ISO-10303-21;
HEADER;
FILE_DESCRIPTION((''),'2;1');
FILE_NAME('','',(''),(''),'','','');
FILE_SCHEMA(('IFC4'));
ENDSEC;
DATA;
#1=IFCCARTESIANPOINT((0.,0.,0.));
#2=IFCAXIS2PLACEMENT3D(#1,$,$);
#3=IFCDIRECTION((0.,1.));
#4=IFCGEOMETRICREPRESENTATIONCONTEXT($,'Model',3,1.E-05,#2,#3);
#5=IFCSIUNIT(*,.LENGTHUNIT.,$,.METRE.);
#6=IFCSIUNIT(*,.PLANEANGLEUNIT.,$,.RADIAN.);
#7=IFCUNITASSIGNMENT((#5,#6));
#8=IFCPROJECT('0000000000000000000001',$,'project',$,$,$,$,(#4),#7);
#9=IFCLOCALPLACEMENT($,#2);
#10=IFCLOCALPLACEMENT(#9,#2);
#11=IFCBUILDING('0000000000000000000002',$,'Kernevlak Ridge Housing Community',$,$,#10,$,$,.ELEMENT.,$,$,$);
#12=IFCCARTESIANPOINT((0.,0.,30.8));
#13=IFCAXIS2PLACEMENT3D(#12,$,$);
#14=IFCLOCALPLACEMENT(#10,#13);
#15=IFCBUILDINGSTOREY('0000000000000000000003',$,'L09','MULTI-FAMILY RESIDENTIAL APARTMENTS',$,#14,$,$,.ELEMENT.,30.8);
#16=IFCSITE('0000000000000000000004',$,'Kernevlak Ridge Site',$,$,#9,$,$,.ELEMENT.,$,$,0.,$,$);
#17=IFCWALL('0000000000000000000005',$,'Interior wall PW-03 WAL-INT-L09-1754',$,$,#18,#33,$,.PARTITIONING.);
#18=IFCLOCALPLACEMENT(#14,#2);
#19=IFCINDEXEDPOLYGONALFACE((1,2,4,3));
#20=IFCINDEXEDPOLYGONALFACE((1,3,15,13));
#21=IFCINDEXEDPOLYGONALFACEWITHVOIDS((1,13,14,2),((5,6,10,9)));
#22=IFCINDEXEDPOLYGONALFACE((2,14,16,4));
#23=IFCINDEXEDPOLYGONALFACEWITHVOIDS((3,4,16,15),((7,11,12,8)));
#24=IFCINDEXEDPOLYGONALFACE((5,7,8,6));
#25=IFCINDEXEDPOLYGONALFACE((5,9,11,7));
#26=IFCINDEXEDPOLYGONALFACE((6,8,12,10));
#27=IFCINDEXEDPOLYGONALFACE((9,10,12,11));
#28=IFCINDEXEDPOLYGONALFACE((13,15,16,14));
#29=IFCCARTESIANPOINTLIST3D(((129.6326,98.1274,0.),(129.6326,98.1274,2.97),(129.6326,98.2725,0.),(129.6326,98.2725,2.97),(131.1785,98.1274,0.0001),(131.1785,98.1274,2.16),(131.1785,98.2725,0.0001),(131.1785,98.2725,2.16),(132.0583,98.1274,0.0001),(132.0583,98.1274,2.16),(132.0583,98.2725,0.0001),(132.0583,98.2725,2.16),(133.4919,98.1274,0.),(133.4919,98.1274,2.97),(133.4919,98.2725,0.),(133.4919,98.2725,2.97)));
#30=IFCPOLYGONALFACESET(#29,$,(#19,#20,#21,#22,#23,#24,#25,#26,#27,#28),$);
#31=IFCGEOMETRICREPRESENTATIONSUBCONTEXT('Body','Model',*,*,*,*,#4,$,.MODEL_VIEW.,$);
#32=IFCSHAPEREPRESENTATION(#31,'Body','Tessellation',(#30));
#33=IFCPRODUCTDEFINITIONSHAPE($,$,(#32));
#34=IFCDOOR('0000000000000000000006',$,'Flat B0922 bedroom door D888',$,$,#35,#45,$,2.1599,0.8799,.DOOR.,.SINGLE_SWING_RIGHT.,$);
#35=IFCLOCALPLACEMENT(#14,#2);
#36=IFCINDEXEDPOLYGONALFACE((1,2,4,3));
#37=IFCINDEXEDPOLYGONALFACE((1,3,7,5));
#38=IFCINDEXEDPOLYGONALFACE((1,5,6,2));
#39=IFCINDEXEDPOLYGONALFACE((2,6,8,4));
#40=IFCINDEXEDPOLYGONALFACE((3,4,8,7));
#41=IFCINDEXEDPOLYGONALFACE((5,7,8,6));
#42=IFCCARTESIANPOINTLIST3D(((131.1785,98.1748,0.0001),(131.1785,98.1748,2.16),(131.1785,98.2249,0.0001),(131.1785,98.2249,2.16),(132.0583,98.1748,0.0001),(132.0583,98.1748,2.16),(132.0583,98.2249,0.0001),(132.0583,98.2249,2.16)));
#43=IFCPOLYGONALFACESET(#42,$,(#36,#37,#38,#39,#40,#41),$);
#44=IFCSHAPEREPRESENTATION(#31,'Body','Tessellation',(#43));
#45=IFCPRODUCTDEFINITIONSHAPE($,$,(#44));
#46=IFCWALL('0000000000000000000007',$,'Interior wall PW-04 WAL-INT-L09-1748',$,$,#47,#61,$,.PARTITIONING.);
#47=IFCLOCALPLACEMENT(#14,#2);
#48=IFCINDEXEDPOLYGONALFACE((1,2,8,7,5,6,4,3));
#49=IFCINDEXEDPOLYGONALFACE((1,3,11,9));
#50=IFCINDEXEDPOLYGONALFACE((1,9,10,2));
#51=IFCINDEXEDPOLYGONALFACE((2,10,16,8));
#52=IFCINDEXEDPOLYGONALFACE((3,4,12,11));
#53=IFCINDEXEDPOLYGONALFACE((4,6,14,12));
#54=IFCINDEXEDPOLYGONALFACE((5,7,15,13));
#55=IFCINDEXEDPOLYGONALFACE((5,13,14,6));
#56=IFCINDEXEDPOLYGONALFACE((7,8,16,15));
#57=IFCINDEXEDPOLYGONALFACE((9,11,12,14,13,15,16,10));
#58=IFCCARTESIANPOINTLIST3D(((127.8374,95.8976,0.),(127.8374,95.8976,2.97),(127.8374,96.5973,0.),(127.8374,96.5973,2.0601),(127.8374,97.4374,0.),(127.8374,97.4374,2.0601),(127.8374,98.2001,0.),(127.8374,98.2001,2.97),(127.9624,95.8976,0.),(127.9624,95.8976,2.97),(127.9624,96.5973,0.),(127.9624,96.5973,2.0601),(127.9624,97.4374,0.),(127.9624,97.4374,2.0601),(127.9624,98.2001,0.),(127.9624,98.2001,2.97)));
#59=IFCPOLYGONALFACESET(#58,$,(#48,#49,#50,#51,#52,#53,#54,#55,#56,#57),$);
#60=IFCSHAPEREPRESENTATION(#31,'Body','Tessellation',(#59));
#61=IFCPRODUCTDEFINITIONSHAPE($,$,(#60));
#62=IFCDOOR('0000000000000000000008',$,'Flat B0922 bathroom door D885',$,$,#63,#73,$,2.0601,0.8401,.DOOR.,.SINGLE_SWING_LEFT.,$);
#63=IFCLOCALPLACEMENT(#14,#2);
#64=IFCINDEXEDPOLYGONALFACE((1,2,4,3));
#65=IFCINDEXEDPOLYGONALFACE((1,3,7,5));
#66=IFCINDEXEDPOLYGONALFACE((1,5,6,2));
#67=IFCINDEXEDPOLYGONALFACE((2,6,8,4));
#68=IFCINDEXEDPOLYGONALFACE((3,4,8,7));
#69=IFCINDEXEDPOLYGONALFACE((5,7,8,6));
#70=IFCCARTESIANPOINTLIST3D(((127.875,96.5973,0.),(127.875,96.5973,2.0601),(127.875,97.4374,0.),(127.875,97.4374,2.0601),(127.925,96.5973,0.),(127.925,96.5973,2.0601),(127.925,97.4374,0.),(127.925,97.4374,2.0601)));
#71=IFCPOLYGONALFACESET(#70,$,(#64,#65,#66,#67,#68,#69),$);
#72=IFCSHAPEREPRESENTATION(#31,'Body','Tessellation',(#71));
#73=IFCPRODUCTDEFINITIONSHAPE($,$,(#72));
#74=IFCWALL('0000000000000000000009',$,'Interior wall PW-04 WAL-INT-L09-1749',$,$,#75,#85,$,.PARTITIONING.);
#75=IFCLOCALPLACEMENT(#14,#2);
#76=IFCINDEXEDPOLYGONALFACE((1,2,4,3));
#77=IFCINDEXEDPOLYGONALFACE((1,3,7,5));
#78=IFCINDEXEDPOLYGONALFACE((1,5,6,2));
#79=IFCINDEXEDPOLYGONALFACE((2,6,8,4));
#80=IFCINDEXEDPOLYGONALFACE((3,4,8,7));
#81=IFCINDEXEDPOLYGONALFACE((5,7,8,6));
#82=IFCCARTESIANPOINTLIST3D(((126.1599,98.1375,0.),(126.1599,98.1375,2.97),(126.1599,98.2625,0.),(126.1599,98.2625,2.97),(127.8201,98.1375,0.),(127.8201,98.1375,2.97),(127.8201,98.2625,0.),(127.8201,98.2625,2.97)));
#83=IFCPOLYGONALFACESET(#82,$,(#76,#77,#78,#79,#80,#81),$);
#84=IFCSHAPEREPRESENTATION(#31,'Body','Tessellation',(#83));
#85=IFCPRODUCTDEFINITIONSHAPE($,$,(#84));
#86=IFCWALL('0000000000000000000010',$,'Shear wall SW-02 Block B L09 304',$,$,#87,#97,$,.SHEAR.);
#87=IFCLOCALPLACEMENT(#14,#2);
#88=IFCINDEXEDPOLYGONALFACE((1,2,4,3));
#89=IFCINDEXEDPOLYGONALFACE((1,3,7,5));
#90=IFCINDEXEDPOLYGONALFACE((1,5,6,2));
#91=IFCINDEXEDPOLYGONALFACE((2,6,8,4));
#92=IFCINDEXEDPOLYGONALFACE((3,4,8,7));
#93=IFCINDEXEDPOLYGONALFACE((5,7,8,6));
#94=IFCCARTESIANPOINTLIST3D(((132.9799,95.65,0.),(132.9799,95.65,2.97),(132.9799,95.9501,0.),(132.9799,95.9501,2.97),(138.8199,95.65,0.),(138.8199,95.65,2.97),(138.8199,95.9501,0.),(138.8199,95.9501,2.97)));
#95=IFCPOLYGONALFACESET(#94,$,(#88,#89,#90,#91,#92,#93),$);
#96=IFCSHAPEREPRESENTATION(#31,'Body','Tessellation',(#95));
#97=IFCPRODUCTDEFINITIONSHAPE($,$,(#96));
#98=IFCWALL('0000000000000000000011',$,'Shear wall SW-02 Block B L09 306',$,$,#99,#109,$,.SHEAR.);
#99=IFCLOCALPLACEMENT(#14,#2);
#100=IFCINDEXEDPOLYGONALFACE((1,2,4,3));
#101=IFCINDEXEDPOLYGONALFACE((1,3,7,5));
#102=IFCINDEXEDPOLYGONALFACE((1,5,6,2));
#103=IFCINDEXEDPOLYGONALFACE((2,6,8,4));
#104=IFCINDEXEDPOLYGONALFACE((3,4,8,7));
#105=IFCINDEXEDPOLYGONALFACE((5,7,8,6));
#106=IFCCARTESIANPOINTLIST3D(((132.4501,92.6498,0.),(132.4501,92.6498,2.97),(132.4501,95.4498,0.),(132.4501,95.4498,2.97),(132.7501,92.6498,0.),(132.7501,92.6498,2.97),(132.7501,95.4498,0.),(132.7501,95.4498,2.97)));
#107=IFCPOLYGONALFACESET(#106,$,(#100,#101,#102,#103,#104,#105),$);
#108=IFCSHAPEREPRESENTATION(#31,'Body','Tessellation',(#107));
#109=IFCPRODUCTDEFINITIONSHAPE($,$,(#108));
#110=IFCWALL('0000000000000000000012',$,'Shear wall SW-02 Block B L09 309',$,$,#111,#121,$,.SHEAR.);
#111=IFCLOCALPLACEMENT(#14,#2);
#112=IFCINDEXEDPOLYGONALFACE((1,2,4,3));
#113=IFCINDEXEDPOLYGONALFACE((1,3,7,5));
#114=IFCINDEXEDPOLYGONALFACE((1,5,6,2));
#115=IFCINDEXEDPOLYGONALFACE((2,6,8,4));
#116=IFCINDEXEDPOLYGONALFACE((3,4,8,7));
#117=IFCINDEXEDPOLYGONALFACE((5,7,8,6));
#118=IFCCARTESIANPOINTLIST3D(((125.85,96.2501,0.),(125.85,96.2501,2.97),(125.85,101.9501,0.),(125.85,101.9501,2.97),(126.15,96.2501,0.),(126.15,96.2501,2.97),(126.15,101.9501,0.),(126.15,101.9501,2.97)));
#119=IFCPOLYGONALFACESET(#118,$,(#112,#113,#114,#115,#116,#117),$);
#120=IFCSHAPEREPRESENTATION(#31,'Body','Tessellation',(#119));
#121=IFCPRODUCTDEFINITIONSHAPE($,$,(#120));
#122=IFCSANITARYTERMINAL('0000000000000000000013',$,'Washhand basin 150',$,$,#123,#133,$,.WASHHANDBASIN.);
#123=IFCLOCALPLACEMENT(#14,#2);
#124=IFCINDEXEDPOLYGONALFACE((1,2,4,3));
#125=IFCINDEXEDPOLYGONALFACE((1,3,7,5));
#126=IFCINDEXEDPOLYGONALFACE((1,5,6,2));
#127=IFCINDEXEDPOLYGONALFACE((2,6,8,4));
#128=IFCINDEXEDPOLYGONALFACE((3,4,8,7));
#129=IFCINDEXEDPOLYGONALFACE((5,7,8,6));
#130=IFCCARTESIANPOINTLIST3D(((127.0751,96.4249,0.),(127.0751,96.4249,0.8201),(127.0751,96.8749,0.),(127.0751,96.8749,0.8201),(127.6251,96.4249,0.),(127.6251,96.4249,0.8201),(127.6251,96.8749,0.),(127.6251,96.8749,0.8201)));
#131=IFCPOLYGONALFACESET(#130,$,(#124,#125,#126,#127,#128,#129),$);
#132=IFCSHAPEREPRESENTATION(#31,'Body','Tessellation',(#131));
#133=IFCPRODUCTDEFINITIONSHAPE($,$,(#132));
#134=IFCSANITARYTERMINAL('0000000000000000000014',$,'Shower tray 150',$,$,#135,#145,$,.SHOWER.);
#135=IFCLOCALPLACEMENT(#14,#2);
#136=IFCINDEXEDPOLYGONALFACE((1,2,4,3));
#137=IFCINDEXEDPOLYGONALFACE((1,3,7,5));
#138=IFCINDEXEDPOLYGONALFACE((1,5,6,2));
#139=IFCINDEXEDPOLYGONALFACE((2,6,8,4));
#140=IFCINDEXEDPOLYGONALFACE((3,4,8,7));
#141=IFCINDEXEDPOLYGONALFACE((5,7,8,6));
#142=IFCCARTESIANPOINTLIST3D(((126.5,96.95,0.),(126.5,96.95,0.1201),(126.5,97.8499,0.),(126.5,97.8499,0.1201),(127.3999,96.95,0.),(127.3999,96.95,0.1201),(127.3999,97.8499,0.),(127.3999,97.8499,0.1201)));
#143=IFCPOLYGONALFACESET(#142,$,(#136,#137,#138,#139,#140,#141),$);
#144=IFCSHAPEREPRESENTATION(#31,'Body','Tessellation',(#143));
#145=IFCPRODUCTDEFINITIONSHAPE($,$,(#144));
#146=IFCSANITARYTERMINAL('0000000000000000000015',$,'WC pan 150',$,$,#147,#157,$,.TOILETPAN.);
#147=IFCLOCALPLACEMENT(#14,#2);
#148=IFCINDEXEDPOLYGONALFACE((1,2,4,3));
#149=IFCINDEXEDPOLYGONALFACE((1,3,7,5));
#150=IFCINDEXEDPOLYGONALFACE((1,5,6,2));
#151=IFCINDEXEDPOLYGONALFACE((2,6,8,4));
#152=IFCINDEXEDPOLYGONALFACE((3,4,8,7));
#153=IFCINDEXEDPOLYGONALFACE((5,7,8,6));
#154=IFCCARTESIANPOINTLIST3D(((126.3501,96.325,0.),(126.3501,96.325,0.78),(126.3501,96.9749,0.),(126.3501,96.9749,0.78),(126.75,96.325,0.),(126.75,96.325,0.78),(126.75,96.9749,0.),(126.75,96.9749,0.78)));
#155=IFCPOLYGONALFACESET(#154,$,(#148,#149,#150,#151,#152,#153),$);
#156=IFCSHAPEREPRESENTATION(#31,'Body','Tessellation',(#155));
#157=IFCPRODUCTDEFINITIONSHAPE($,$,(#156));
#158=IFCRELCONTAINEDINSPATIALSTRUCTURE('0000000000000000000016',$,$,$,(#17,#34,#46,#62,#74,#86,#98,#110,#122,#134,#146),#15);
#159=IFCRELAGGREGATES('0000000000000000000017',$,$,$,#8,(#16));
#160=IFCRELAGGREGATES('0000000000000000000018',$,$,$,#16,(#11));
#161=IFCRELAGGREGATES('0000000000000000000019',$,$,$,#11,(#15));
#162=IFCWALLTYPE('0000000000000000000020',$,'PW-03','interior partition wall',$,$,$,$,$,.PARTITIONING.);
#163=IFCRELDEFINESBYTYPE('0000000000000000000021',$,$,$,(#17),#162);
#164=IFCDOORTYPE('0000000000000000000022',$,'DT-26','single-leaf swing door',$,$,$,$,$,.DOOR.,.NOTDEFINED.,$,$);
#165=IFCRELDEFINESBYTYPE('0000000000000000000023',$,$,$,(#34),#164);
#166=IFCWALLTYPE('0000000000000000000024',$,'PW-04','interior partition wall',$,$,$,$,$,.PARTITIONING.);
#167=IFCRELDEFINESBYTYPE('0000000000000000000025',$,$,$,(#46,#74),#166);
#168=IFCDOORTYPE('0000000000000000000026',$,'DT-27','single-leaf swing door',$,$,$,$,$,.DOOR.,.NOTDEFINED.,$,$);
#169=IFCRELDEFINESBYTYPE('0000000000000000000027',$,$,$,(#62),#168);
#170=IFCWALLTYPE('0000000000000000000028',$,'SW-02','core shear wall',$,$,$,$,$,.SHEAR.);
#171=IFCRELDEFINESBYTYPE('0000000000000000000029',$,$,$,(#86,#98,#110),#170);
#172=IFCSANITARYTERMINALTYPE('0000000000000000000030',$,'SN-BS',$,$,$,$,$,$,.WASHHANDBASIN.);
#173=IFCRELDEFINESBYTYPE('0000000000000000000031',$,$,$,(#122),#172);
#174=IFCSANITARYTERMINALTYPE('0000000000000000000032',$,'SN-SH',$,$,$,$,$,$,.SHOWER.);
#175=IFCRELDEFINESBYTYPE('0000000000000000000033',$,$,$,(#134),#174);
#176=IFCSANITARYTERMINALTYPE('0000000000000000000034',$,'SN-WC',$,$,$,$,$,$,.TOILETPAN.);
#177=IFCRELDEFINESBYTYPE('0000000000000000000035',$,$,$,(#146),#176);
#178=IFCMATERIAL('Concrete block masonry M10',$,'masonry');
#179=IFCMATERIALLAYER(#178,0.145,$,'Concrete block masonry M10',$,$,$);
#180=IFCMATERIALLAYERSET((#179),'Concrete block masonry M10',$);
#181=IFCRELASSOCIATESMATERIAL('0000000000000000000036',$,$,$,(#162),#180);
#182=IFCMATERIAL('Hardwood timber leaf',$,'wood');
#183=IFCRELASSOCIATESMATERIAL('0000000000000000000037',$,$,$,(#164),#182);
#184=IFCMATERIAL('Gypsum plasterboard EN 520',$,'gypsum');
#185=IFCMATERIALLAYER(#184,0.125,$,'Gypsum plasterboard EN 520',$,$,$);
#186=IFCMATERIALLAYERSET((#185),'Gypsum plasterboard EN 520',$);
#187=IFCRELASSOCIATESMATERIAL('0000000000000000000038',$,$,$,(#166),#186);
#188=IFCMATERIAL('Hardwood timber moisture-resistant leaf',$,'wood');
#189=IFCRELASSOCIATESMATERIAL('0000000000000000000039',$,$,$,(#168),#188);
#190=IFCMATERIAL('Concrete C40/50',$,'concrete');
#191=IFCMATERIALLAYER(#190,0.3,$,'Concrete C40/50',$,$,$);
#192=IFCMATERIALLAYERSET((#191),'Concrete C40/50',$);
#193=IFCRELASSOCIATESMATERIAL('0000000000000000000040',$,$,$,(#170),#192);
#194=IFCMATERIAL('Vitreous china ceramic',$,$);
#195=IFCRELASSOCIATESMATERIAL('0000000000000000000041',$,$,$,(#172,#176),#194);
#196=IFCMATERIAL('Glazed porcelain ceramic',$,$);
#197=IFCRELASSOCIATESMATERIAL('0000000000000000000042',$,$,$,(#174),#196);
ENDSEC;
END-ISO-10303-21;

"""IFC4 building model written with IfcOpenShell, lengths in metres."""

from ifc_helpers import new_model, si_unit, direction, frame, frame_2d, origin, origin_2d, place, context, subcontext, project, spatial, rectangle, extrude, material, layer, layer_set, type_object, element, fill, save


model = new_model("IFC4")

# Units and contexts
model_context = context("Model", 3, precision=1e-05, world=origin(), true_north=direction((0.0, 1.0)))
body_context = subcontext(model_context, "Body", "Model", "MODEL_VIEW")
ifc_project = project(units=[si_unit("LENGTHUNIT", "METRE"), si_unit("PLANEANGLEUNIT", "RADIAN")], contexts=[model_context])

# Site, building, storey
site_placement = place(None, origin())
site = spatial("IfcSite", under=ifc_project, at=site_placement, Name="Kernevlak Ridge Site", CompositionType="ELEMENT", RefElevation=0.0)
building_placement = place(site_placement, origin())
building = spatial("IfcBuilding", under=site, at=building_placement, Name="Kernevlak Ridge Housing Community", CompositionType="ELEMENT")
storey_placement = place(building_placement, frame((0.0, 0.0, 30.8)))
storey = spatial("IfcBuildingStorey", under=building, at=storey_placement, Name="L09", Description="MULTI-FAMILY RESIDENTIAL APARTMENTS", CompositionType="ELEMENT", Elevation=30.8)

# Shared definitions
ifc_material_1 = material(Name="Concrete C40/50", Category="concrete")

# Shared definitions
ifc_material_2 = material(Name="Concrete block masonry M10", Category="masonry")

# Shared definitions
ifc_layer_1 = layer(ifc_material_2, 0.145, Name="Concrete block masonry M10")
ifc_layer_set_1 = layer_set([ifc_layer_1], Name="Concrete block masonry M10")
wall_type_1 = type_object("IfcWallType", Name="PW-03", Description="interior partition wall", PredefinedType="PARTITIONING", material=ifc_layer_set_1)
ifc_material_3 = material(Name="Hardwood timber leaf", Category="wood")

# Walls, openings, doors
wall_1_placement = place(storey_placement, frame((129.6326, 98.2, 0.0), z_axis=(0.0, 0.0, 1.0), x_axis=(1.0, 0.0, 0.0)))
wall_1 = element("IfcWall", 1, at=wall_1_placement, inside=storey, type_object=wall_type_1, Name="Interior wall PW-03 WAL-INT-L09-1754", PredefinedType="PARTITIONING", context=body_context, shape_type="SweptSolid", body=[
    extrude(rectangle(XDim=3.8594, YDim=0.145, at=frame_2d((1.9297, 0.0))), origin(), (0.0, 0.0, 1.0), 2.97),
])
opening_1_placement = place(wall_1_placement, frame((1.5459, 0.0, 0.0)))
opening_1 = element("IfcOpeningElement", 2, at=opening_1_placement, cuts=wall_1, PredefinedType="OPENING", context=body_context, shape_type="SweptSolid", body=[
    extrude(rectangle(XDim=0.8799, YDim=2.1599, at=frame_2d((0.4399, 1.0801))), frame((0.0, 0.0825, 0.0), z_axis=(0.0, -1.0, 0.0), x_axis=(1.0, 0.0, 0.0)), (0.0, 0.0, 1.0), 0.165),
])
door_type_1 = type_object("IfcDoorType", Name="DT-26", Description="single-leaf swing door", OperationType="NOTDEFINED", PredefinedType="DOOR", material=ifc_material_3)
door_1_placement = place(opening_1_placement, origin())
door_1 = element("IfcDoor", 3, at=door_1_placement, inside=storey, type_object=door_type_1, Name="Flat B0922 bedroom door D888", OperationType="SINGLE_SWING_RIGHT", OverallHeight=2.1599, OverallWidth=0.8799, PredefinedType="DOOR", context=body_context, shape_type="SweptSolid", body=[
    extrude(rectangle(XDim=0.8799, YDim=2.1599, at=frame_2d((0.4399, 1.0801))), frame((0.0, 0.0249, 0.0), z_axis=(0.0, -1.0, 0.0), x_axis=(1.0, 0.0, 0.0)), (0.0, 0.0, 1.0), 0.05),
])
fill(opening_1, door_1)
ifc_material_4 = material(Name="Gypsum plasterboard EN 520", Category="gypsum")
ifc_layer_2 = layer(ifc_material_4, 0.125, Name="Gypsum plasterboard EN 520")
ifc_layer_set_2 = layer_set([ifc_layer_2], Name="Gypsum plasterboard EN 520")
wall_type_2 = type_object("IfcWallType", Name="PW-04", Description="interior partition wall", PredefinedType="PARTITIONING", material=ifc_layer_set_2)
wall_2_placement = place(storey_placement, frame((127.8999, 95.8975, 0.0), z_axis=(0.0, 0.0, 1.0), x_axis=(0.0, 1.0, 0.0)))
wall_2 = element("IfcWall", 4, at=wall_2_placement, inside=storey, type_object=wall_type_2, Name="Interior wall PW-04 WAL-INT-L09-1748", PredefinedType="PARTITIONING", context=body_context, shape_type="SweptSolid", body=[
    extrude(rectangle(XDim=2.3025, YDim=0.125, at=frame_2d((1.1514, 0.0))), origin(), (0.0, 0.0, 1.0), 2.97),
])
opening_2_placement = place(wall_2_placement, frame((0.7, 0.0, 0.0)))
opening_2 = element("IfcOpeningElement", 5, at=opening_2_placement, cuts=wall_2, PredefinedType="OPENING", context=body_context, shape_type="SweptSolid", body=[
    extrude(rectangle(XDim=0.8401, YDim=2.0601, at=frame_2d((0.4199, 1.03))), frame((0.0, 0.0725, 0.0), z_axis=(0.0, -1.0, 0.0), x_axis=(1.0, 0.0, 0.0)), (0.0, 0.0, 1.0), 0.145),
])
ifc_material_5 = material(Name="Hardwood timber moisture-resistant leaf", Category="wood")
door_type_2 = type_object("IfcDoorType", Name="DT-27", Description="single-leaf swing door", OperationType="NOTDEFINED", PredefinedType="DOOR", material=ifc_material_5)
door_2_placement = place(opening_2_placement, origin())
door_2 = element("IfcDoor", 6, at=door_2_placement, inside=storey, type_object=door_type_2, Name="Flat B0922 bathroom door D885", OperationType="SINGLE_SWING_LEFT", OverallHeight=2.0601, OverallWidth=0.8401, PredefinedType="DOOR", context=body_context, shape_type="SweptSolid", body=[
    extrude(rectangle(XDim=0.8401, YDim=2.0601, at=frame_2d((0.4199, 1.03))), frame((0.0, 0.0249, 0.0), z_axis=(0.0, -1.0, 0.0), x_axis=(1.0, 0.0, 0.0)), (0.0, 0.0, 1.0), 0.05),
])
fill(opening_2, door_2)

# Walls
wall_3_placement = place(storey_placement, frame((126.1599, 98.2, 0.0), z_axis=(0.0, 0.0, 1.0), x_axis=(1.0, 0.0, 0.0)))
element("IfcWall", 7, at=wall_3_placement, inside=storey, type_object=wall_type_2, Name="Interior wall PW-04 WAL-INT-L09-1749", PredefinedType="PARTITIONING", context=body_context, shape_type="SweptSolid", body=[
    extrude(rectangle(XDim=1.6602, YDim=0.125, at=frame_2d((0.8301, 0.0))), origin(), (0.0, 0.0, 1.0), 2.97),
])
ifc_layer_3 = layer(ifc_material_1, 0.3, Name="Concrete C40/50")
ifc_layer_set_3 = layer_set([ifc_layer_3], Name="Concrete C40/50")
wall_type_3 = type_object("IfcWallType", Name="SW-02", Description="core shear wall", PredefinedType="SHEAR", material=ifc_layer_set_3)
wall_4_placement = place(storey_placement, frame((132.98, 95.8, 0.0), z_axis=(0.0, 0.0, 1.0), x_axis=(1.0, 0.0, 0.0)))
element("IfcWall", 8, at=wall_4_placement, inside=storey, type_object=wall_type_3, Name="Shear wall SW-02 Block B L09 304", PredefinedType="SHEAR", context=body_context, shape_type="SweptSolid", body=[
    extrude(rectangle(XDim=5.8401, YDim=0.3, at=frame_2d((2.9199, 0.0))), origin(), (0.0, 0.0, 1.0), 2.97),
])
wall_5_placement = place(storey_placement, frame((132.6001, 92.6499, 0.0), z_axis=(0.0, 0.0, 1.0), x_axis=(0.0, 1.0, 0.0)))
element("IfcWall", 9, at=wall_5_placement, inside=storey, type_object=wall_type_3, Name="Shear wall SW-02 Block B L09 306", PredefinedType="SHEAR", context=body_context, shape_type="SweptSolid", body=[
    extrude(rectangle(XDim=2.8, YDim=0.3, at=frame_2d((1.3999, 0.0))), origin(), (0.0, 0.0, 1.0), 2.97),
])
wall_6_placement = place(storey_placement, frame((126.0, 96.25, 0.0), z_axis=(0.0, 0.0, 1.0), x_axis=(0.0, 1.0, 0.0)))
element("IfcWall", 10, at=wall_6_placement, inside=storey, type_object=wall_type_3, Name="Shear wall SW-02 Block B L09 309", PredefinedType="SHEAR", context=body_context, shape_type="SweptSolid", body=[
    extrude(rectangle(XDim=5.7, YDim=0.3, at=frame_2d((2.8501, 0.0))), origin(), (0.0, 0.0, 1.0), 2.97),
])

# Sanitary terminals
ifc_material_6 = material(Name="Vitreous china ceramic")
sanitary_terminal_type_1 = type_object("IfcSanitaryTerminalType", Name="SN-BS", PredefinedType="WASHHANDBASIN", material=ifc_material_6)
sanitary_terminal_1_placement = place(storey_placement, frame((127.3501, 96.6499, 0.0), z_axis=(0.0, 0.0, 1.0), x_axis=(1.0, 0.0, 0.0)))
element("IfcSanitaryTerminal", 11, at=sanitary_terminal_1_placement, inside=storey, type_object=sanitary_terminal_type_1, Name="Washhand basin 150", PredefinedType="WASHHANDBASIN", context=body_context, shape_type="SweptSolid", body=[
    extrude(rectangle(XDim=0.55, YDim=0.45, at=origin_2d()), origin(), (0.0, 0.0, 1.0), 0.8201),
])
ifc_material_7 = material(Name="Glazed porcelain ceramic")
sanitary_terminal_type_2 = type_object("IfcSanitaryTerminalType", Name="SN-SH", PredefinedType="SHOWER", material=ifc_material_7)
sanitary_terminal_2_placement = place(storey_placement, frame((126.95, 97.3999, 0.0), z_axis=(0.0, 0.0, 1.0), x_axis=(1.0, 0.0, 0.0)))
element("IfcSanitaryTerminal", 12, at=sanitary_terminal_2_placement, inside=storey, type_object=sanitary_terminal_type_2, Name="Shower tray 150", PredefinedType="SHOWER", context=body_context, shape_type="SweptSolid", body=[
    extrude(rectangle(XDim=0.8999, YDim=0.8999, at=origin_2d()), origin(), (0.0, 0.0, 1.0), 0.1201),
])
sanitary_terminal_type_3 = type_object("IfcSanitaryTerminalType", Name="SN-WC", PredefinedType="TOILETPAN", material=ifc_material_6)
sanitary_terminal_3_placement = place(storey_placement, frame((126.55, 96.6499, 0.0), z_axis=(0.0, 0.0, 1.0), x_axis=(1.0, 0.0, 0.0)))
element("IfcSanitaryTerminal", 13, at=sanitary_terminal_3_placement, inside=storey, type_object=sanitary_terminal_type_3, Name="WC pan 150", PredefinedType="TOILETPAN", context=body_context, shape_type="SweptSolid", body=[
    extrude(rectangle(XDim=0.3999, YDim=0.6499, at=origin_2d()), origin(), (0.0, 0.0, 1.0), 0.78),
])

save(model, "model.ifc")
